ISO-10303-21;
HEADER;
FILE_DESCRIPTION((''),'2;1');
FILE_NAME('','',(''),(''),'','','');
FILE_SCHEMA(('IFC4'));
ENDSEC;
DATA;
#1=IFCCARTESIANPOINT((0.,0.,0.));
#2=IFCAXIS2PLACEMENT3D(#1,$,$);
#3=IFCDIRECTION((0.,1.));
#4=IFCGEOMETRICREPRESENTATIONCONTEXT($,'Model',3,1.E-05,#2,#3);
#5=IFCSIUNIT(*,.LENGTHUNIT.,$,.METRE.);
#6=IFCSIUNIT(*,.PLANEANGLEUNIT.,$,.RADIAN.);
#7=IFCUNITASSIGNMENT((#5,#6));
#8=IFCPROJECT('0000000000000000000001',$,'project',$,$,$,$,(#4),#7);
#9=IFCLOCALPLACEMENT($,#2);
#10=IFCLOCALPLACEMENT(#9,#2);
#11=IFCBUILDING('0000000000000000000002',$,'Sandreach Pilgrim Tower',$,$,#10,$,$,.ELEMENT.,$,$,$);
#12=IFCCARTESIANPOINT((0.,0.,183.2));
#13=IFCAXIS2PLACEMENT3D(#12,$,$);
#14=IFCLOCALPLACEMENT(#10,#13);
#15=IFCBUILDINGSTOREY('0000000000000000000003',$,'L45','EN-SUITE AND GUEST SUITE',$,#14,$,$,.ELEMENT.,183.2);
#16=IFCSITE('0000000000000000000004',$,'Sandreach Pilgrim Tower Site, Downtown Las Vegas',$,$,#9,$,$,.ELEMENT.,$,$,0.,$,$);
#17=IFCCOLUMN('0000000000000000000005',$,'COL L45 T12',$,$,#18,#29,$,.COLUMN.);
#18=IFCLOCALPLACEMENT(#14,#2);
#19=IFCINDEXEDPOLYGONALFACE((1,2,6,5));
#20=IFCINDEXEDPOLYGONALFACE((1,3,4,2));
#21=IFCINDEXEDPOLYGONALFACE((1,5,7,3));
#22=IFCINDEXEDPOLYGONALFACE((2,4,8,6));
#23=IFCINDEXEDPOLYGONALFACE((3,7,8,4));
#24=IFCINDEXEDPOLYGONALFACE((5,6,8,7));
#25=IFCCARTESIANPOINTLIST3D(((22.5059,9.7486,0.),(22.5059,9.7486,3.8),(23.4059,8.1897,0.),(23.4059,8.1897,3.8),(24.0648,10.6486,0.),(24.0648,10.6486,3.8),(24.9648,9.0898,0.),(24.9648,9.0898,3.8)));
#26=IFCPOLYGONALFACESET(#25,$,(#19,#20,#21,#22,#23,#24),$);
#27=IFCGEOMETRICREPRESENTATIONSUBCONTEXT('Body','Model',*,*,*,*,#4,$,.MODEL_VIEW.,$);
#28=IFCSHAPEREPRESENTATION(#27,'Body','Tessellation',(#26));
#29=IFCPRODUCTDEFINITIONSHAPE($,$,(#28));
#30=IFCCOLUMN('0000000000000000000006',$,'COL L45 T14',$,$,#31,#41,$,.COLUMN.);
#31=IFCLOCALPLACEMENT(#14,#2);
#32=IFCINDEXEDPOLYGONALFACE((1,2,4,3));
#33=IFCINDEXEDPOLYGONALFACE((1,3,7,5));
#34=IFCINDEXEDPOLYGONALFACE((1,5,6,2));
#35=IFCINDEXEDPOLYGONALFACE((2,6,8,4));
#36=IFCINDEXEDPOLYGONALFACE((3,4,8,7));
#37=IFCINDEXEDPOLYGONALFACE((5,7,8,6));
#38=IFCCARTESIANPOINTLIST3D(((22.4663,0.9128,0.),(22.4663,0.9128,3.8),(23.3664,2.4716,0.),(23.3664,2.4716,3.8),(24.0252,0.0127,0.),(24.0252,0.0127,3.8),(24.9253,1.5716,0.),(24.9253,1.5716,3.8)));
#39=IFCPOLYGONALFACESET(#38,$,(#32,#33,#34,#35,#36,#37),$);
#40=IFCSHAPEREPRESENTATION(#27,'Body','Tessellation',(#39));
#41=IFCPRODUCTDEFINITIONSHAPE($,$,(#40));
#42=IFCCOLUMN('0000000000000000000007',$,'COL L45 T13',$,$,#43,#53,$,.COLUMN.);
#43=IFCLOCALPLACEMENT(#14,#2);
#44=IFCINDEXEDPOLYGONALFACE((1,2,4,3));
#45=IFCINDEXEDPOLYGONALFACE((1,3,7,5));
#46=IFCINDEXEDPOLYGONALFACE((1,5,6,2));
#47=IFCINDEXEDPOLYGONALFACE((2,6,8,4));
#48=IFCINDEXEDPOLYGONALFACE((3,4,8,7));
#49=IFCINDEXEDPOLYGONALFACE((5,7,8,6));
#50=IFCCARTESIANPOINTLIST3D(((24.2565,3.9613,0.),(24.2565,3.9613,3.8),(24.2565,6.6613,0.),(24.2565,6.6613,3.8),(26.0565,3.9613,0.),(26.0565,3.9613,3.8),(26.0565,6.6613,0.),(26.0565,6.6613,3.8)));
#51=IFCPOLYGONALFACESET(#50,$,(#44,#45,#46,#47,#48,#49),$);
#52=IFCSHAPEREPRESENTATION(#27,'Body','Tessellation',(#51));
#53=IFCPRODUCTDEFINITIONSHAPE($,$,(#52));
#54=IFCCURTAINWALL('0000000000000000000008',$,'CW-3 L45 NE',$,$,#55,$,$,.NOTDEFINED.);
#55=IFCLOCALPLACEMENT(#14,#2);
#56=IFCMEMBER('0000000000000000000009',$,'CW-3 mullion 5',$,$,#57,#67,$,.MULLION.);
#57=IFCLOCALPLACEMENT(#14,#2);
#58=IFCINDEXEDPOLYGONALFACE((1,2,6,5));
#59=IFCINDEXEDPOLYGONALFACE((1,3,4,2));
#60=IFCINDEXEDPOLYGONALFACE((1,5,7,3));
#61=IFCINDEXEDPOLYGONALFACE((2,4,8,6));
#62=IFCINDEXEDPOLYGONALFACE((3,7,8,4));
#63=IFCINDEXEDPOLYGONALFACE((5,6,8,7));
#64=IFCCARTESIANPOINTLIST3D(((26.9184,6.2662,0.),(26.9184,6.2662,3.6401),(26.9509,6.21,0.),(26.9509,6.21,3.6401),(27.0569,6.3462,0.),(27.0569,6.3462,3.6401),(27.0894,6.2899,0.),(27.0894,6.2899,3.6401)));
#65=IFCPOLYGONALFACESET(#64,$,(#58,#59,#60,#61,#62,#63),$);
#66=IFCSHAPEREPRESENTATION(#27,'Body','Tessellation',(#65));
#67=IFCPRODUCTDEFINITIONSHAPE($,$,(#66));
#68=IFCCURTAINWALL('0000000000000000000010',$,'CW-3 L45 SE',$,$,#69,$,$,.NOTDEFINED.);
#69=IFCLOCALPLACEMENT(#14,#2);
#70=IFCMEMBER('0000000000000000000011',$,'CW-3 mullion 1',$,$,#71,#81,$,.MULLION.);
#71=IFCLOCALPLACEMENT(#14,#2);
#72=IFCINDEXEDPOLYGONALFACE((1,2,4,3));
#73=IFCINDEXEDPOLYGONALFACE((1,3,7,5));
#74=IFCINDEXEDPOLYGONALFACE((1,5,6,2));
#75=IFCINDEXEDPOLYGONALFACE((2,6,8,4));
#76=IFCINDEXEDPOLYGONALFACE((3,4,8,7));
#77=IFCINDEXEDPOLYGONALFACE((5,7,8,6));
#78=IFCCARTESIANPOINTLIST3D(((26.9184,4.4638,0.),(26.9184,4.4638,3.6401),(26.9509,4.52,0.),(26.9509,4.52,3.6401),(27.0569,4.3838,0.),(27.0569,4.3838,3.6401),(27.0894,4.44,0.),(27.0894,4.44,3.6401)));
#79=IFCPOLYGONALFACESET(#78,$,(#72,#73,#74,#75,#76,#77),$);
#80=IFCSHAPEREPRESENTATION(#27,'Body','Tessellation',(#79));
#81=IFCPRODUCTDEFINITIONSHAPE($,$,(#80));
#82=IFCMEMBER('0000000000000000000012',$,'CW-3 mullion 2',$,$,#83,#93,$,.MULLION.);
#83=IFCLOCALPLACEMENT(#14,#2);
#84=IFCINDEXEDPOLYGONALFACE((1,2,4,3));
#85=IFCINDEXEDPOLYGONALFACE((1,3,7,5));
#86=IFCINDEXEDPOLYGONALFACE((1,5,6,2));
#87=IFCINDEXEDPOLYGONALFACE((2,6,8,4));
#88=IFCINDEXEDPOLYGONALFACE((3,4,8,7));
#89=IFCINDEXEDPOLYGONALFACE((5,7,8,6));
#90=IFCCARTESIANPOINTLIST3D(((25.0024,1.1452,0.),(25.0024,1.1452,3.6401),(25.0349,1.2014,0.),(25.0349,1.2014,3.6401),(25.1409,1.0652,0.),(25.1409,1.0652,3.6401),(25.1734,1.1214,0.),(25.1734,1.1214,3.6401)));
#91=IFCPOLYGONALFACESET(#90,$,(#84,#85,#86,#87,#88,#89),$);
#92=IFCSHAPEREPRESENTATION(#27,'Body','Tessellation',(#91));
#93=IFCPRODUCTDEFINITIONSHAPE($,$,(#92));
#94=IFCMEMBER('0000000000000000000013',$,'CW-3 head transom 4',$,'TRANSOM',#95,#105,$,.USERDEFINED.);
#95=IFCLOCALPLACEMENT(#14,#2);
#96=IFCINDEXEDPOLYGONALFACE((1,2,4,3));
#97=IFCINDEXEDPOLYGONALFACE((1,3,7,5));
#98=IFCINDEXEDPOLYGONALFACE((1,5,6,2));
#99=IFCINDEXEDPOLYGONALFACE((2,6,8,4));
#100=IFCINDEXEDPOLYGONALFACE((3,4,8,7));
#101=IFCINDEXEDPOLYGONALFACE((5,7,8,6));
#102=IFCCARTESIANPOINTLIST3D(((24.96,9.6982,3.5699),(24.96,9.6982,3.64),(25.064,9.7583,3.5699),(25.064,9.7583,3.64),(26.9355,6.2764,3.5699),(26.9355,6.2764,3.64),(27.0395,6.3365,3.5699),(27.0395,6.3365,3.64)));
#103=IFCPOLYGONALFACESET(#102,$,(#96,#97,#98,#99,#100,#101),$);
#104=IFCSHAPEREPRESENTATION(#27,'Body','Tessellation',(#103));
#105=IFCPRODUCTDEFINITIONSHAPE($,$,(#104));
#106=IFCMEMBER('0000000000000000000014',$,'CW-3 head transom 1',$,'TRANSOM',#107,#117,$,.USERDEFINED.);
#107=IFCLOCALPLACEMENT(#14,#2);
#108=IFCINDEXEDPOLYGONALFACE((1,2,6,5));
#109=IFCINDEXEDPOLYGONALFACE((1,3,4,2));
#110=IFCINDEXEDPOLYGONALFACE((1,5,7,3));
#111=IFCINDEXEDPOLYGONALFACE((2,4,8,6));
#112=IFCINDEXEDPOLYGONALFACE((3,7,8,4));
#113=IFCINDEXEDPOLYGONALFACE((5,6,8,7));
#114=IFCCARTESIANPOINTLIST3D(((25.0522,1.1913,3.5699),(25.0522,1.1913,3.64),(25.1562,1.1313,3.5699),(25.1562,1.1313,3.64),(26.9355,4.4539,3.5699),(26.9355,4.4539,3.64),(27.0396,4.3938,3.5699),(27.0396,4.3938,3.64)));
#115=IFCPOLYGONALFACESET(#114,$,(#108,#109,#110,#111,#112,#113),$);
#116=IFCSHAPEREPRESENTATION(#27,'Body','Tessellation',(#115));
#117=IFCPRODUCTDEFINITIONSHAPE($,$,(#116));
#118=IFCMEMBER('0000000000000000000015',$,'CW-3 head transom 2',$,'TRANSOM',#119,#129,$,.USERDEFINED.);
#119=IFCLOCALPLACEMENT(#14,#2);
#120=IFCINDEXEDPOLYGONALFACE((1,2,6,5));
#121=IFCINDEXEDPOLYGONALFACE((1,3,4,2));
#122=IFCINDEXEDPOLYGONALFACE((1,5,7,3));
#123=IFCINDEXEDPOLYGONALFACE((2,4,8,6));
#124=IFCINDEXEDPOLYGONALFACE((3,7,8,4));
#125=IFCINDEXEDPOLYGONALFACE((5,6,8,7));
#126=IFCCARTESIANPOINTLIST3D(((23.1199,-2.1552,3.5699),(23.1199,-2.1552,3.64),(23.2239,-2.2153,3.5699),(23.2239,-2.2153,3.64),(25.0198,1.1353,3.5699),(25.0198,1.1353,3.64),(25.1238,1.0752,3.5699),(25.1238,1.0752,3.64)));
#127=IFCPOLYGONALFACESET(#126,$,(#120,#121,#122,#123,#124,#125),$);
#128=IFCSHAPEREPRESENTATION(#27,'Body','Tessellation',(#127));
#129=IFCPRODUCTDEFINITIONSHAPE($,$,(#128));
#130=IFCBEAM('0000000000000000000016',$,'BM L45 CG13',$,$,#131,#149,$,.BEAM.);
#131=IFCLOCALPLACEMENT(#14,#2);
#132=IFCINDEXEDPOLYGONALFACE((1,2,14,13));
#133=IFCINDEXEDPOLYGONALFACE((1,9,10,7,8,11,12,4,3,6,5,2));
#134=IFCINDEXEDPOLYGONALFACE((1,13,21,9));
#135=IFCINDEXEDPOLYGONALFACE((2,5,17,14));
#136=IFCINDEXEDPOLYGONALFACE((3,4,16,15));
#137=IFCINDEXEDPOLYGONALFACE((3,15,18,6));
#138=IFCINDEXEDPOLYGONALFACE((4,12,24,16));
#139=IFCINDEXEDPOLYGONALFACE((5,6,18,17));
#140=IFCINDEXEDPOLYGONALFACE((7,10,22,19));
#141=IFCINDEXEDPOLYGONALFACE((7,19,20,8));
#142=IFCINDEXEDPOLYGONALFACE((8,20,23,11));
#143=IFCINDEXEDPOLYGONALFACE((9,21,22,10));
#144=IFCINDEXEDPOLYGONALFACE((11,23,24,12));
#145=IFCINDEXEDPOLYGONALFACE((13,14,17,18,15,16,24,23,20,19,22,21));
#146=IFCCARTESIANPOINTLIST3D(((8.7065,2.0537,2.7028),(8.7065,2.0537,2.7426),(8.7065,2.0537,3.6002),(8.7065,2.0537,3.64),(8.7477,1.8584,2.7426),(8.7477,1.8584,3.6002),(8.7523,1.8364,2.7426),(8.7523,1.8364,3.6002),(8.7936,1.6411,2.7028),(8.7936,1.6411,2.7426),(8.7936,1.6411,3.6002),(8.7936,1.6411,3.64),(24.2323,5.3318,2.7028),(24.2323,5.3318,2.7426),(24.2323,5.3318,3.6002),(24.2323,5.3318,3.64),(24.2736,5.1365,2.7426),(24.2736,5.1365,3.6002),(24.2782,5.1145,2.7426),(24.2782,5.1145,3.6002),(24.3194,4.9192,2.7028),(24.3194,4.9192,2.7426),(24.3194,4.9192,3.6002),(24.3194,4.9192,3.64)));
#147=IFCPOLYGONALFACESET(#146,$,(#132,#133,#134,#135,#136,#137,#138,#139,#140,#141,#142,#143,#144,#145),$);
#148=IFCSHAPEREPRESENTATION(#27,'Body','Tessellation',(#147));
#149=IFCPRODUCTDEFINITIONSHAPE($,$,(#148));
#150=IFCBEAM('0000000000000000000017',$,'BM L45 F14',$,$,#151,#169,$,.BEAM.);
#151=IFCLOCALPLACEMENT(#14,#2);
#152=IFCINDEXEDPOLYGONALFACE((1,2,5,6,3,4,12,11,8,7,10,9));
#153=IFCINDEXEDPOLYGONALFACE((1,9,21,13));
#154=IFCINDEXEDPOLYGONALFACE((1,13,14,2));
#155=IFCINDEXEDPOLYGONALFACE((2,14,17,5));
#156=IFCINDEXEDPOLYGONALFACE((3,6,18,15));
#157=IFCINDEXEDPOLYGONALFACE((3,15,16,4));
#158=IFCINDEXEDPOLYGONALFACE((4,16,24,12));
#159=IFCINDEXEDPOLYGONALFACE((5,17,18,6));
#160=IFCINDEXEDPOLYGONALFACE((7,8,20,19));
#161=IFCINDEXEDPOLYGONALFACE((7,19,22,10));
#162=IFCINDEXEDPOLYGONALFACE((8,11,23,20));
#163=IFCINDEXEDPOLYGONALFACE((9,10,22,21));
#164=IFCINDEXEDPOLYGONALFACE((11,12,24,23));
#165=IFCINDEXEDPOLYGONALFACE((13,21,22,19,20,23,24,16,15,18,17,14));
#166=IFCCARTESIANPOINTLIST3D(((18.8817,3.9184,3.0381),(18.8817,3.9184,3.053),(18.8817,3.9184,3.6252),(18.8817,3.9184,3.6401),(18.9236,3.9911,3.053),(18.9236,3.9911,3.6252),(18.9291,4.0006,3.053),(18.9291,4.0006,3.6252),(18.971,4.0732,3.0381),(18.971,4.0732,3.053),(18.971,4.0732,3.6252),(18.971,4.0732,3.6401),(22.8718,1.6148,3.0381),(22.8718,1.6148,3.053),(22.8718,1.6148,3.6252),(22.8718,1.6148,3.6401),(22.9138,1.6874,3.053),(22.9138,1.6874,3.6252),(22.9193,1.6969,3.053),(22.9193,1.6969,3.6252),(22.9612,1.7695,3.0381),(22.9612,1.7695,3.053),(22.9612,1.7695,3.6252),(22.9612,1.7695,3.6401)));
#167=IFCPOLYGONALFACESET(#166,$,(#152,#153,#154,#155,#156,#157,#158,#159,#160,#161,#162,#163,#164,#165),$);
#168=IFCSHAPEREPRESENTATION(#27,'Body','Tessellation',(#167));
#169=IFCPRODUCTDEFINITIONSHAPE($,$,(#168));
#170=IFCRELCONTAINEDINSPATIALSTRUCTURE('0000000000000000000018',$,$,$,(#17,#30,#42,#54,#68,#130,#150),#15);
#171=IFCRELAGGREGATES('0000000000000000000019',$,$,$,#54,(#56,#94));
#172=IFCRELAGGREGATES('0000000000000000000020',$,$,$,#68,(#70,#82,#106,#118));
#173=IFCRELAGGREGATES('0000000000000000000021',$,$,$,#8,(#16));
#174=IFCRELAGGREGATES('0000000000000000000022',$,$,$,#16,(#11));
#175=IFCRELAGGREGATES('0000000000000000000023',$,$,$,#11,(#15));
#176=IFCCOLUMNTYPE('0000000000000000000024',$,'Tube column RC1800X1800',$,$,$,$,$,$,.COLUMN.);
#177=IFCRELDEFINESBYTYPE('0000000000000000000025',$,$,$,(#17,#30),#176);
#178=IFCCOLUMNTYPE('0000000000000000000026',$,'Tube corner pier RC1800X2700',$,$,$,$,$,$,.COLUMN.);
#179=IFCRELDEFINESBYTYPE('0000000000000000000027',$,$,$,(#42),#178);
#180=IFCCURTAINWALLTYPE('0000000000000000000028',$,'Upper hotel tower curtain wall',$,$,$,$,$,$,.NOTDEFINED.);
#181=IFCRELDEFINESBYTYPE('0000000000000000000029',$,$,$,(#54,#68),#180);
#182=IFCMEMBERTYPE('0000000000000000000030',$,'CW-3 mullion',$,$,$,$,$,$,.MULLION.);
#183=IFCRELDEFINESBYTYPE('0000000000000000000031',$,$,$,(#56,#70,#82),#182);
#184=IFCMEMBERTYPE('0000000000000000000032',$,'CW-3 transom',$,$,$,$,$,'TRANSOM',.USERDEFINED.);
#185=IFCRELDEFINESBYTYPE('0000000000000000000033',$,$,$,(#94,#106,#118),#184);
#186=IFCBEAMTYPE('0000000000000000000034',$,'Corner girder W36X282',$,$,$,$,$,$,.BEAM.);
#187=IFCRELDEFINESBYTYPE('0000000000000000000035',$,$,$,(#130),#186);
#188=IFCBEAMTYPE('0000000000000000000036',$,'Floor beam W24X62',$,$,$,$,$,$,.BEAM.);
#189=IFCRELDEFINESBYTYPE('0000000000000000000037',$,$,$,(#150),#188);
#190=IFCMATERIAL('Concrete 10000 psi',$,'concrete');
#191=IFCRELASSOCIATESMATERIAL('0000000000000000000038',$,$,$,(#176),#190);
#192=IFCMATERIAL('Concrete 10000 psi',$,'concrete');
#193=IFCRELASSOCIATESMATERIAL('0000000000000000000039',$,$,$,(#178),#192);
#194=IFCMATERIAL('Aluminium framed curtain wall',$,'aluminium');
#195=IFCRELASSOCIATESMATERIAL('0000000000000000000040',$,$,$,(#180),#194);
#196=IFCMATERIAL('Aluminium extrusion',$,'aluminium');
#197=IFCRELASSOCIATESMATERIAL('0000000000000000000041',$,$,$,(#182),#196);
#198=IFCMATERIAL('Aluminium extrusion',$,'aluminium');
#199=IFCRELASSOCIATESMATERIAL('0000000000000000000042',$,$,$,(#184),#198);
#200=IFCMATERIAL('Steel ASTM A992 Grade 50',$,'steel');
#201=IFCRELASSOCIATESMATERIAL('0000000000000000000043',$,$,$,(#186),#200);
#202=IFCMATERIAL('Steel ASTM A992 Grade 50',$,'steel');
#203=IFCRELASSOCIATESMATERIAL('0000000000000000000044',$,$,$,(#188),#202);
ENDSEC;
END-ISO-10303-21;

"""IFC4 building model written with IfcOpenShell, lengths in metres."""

from ifc_helpers import new_model, si_unit, direction, frame, origin, origin_2d, place, context, subcontext, project, spatial, rectangle, i_section, extrude, material, material_profile, profile_set, type_object, element, aggregate, save


model = new_model("IFC4")

# Units and contexts
model_context = context("Model", 3, precision=1e-05, world=origin(), true_north=direction((0.0, 1.0)))
body_context = subcontext(model_context, "Body", "Model", "MODEL_VIEW")
ifc_project = project(units=[si_unit("LENGTHUNIT", "METRE"), si_unit("PLANEANGLEUNIT", "RADIAN")], contexts=[model_context])

# Site, building, storey
site_placement = place(None, origin())
site = spatial("IfcSite", under=ifc_project, at=site_placement, Name="Sandreach Pilgrim Tower Site, Downtown Las Vegas", CompositionType="ELEMENT", RefElevation=0.0)
building_placement = place(site_placement, origin())
building = spatial("IfcBuilding", under=site, at=building_placement, Name="Sandreach Pilgrim Tower", CompositionType="ELEMENT")
storey_placement = place(building_placement, frame((0.0, 0.0, 183.2)))
storey = spatial("IfcBuildingStorey", under=building, at=storey_placement, Name="L45", Description="EN-SUITE AND GUEST SUITE", CompositionType="ELEMENT", Elevation=183.2)

# Columns
ifc_material_1 = material(Name="Concrete 10000 psi", Category="concrete")
ifc_material_profile_1 = material_profile(ifc_material_1, rectangle(XDim=1.8, YDim=1.8, at=origin_2d()), Name="RC1800X1800")
ifc_profile_set_1 = profile_set([ifc_material_profile_1], Name="Concrete 10000 psi")
column_type_1 = type_object("IfcColumnType", Name="Tube column RC1800X1800", PredefinedType="COLUMN", material=ifc_profile_set_1)
for number, where, z_axis, x_axis, name in (
    (1, (23.7354, 9.4192, 0.0), (0.0, 0.0, 1.0), (0.866025, 0.5, 0.0), "COL L45 T12"),
    (2, (23.6958, 1.2422, 0.0), (0.0, 0.0, 1.0), (0.866025, -0.5, 0.0), "COL L45 T14"),
):
    element("IfcColumn", number, at=place(storey_placement, frame(where, z_axis=z_axis, x_axis=x_axis)), inside=storey, type_object=column_type_1, Name=name, PredefinedType="COLUMN", context=body_context, shape_type="SweptSolid", body=[
        extrude(rectangle(XDim=1.8, YDim=1.8, at=origin_2d()), origin(), (0.0, 0.0, 1.0), 3.8),
    ])
ifc_material_2 = material(Name="Concrete 10000 psi", Category="concrete")
ifc_material_profile_2 = material_profile(ifc_material_2, rectangle(XDim=1.8, YDim=2.7, at=origin_2d()), Name="RC1800X2700")
ifc_profile_set_2 = profile_set([ifc_material_profile_2], Name="Concrete 10000 psi")
column_type_2 = type_object("IfcColumnType", Name="Tube corner pier RC1800X2700", PredefinedType="COLUMN", material=ifc_profile_set_2)
column_placement = place(storey_placement, frame((25.1565, 5.3113, 0.0), z_axis=(0.0, 0.0, 1.0), x_axis=(1.0, 0.0, 0.0)))
element("IfcColumn", 3, at=column_placement, inside=storey, type_object=column_type_2, Name="COL L45 T13", PredefinedType="COLUMN", context=body_context, shape_type="SweptSolid", body=[
    extrude(rectangle(XDim=1.8, YDim=2.7, at=origin_2d()), origin(), (0.0, 0.0, 1.0), 3.8),
])

# Curtain wall, member
ifc_material_3 = material(Name="Aluminium framed curtain wall", Category="aluminium")
curtain_wall_type = type_object("IfcCurtainWallType", Name="Upper hotel tower curtain wall", PredefinedType="NOTDEFINED", material=ifc_material_3)
curtain_wall_1_placement = place(storey_placement, origin())
curtain_wall_1 = element("IfcCurtainWall", 4, at=curtain_wall_1_placement, inside=storey, type_object=curtain_wall_type, Name="CW-3 L45 NE", PredefinedType="NOTDEFINED")
ifc_material_4 = material(Name="Aluminium extrusion", Category="aluminium")
ifc_material_profile_3 = material_profile(ifc_material_4, rectangle(XDim=0.0649, YDim=0.1599, at=origin_2d()), Name="CW-3M 65X160")
ifc_profile_set_3 = profile_set([ifc_material_profile_3], Name="Aluminium extrusion")
member_type_1 = type_object("IfcMemberType", Name="CW-3 mullion", PredefinedType="MULLION", material=ifc_profile_set_3)
member_1_placement = place(storey_placement, frame((27.0039, 6.2781, 0.0), z_axis=(0.0, 0.0, 1.0), x_axis=(0.5, -0.866025, 0.0)))
member_1 = element("IfcMember", 5, at=member_1_placement, type_object=member_type_1, Name="CW-3 mullion 5", PredefinedType="MULLION", context=body_context, shape_type="SweptSolid", body=[
    extrude(rectangle(XDim=0.0649, YDim=0.1599, at=origin_2d()), origin(), (0.0, 0.0, 1.0), 3.6401),
])

# Curtain wall, members
curtain_wall_2_placement = place(storey_placement, origin())
curtain_wall_2 = element("IfcCurtainWall", 6, at=curtain_wall_2_placement, inside=storey, type_object=curtain_wall_type, Name="CW-3 L45 SE", PredefinedType="NOTDEFINED")
member_2_placement = place(storey_placement, frame((27.0039, 4.4519, 0.0), z_axis=(0.0, 0.0, 1.0), x_axis=(-0.5, -0.866025, 0.0)))
member_2 = element("IfcMember", 7, at=member_2_placement, type_object=member_type_1, Name="CW-3 mullion 1", PredefinedType="MULLION", context=body_context, shape_type="SweptSolid", body=[
    extrude(rectangle(XDim=0.0649, YDim=0.1599, at=origin_2d()), origin(), (0.0, 0.0, 1.0), 3.6401),
])
member_3_placement = place(storey_placement, frame((25.0879, 1.1333, 0.0), z_axis=(0.0, 0.0, 1.0), x_axis=(-0.5, -0.866025, 0.0)))
member_3 = element("IfcMember", 8, at=member_3_placement, type_object=member_type_1, Name="CW-3 mullion 2", PredefinedType="MULLION", context=body_context, shape_type="SweptSolid", body=[
    extrude(rectangle(XDim=0.0649, YDim=0.1599, at=origin_2d()), origin(), (0.0, 0.0, 1.0), 3.6401),
])

# Members
ifc_material_5 = material(Name="Aluminium extrusion", Category="aluminium")
ifc_material_profile_4 = material_profile(ifc_material_5, rectangle(XDim=0.1201, YDim=0.0701, at=origin_2d()), Name="CW-3T 120X70")
ifc_profile_set_4 = profile_set([ifc_material_profile_4], Name="Aluminium extrusion")
member_type_2 = type_object("IfcMemberType", Name="CW-3 transom", ElementType="TRANSOM", PredefinedType="USERDEFINED", material=ifc_profile_set_4)
member_4_placement = place(storey_placement, frame((25.012, 9.7283, 3.605), z_axis=(0.499993, -0.866029, 0.0), x_axis=(0.866029, 0.499993, 0.0)))
member_4 = element("IfcMember", 9, at=member_4_placement, type_object=member_type_2, Name="CW-3 head transom 4", ObjectType="TRANSOM", PredefinedType="USERDEFINED", context=body_context, shape_type="SweptSolid", body=[
    extrude(rectangle(XDim=0.1201, YDim=0.0701, at=origin_2d()), origin(), (0.0, 0.0, 1.0), 3.9512),
])
member_5_placement = place(storey_placement, frame((26.9875, 4.4238, 3.605), z_axis=(-0.499945, -0.866057, 0.0), x_axis=(0.866057, -0.499945, 0.0)))
member_5 = element("IfcMember", 10, at=member_5_placement, type_object=member_type_2, Name="CW-3 head transom 1", ObjectType="TRANSOM", PredefinedType="USERDEFINED", context=body_context, shape_type="SweptSolid", body=[
    extrude(rectangle(XDim=0.1201, YDim=0.0701, at=origin_2d()), origin(), (0.0, 0.0, 1.0), 3.7671),
])
member_6_placement = place(storey_placement, frame((25.0718, 1.1052, 3.605), z_axis=(-0.500023, -0.866012, 0.0), x_axis=(0.866012, -0.500023, 0.0)))
member_6 = element("IfcMember", 11, at=member_6_placement, type_object=member_type_2, Name="CW-3 head transom 2", ObjectType="TRANSOM", PredefinedType="USERDEFINED", context=body_context, shape_type="SweptSolid", body=[
    extrude(rectangle(XDim=0.1201, YDim=0.0701, at=origin_2d()), origin(), (0.0, 0.0, 1.0), 3.7996),
])

# Beams
ifc_material_6 = material(Name="Steel ASTM A992 Grade 50", Category="steel")
ifc_material_profile_5 = material_profile(ifc_material_6, i_section(OverallWidth=0.4216, OverallDepth=0.9373, WebThickness=0.0225, FlangeThickness=0.0398, at=origin_2d()), Name="W36X282")
ifc_profile_set_5 = profile_set([ifc_material_profile_5], Name="Steel ASTM A992 Grade 50")
beam_type_1 = type_object("IfcBeamType", Name="Corner girder W36X282", PredefinedType="BEAM", material=ifc_profile_set_5)
beam_1_placement = place(storey_placement, frame((24.2759, 5.1255, 3.1714), z_axis=(-0.978429, -0.206582, 0.0), x_axis=(0.206582, -0.978429, 0.0)))
element("IfcBeam", 12, at=beam_1_placement, inside=storey, type_object=beam_type_1, Name="BM L45 CG13", PredefinedType="BEAM", context=body_context, shape_type="SweptSolid", body=[
    extrude(i_section(OverallWidth=0.4216, OverallDepth=0.9373, WebThickness=0.0225, FlangeThickness=0.0398, at=origin_2d()), origin(), (0.0, 0.0, 1.0), 15.8682),
])
ifc_material_7 = material(Name="Steel ASTM A992 Grade 50", Category="steel")
ifc_material_profile_6 = material_profile(ifc_material_7, i_section(OverallWidth=0.1787, OverallDepth=0.6021, WebThickness=0.011, FlangeThickness=0.0149, at=origin_2d()), Name="W24X62")
ifc_profile_set_6 = profile_set([ifc_material_profile_6], Name="Steel ASTM A992 Grade 50")
beam_type_2 = type_object("IfcBeamType", Name="Floor beam W24X62", PredefinedType="BEAM", material=ifc_profile_set_6)
beam_2_placement = place(storey_placement, frame((22.9165, 1.6921, 3.3391), z_axis=(-0.86603, 0.499992, 0.0), x_axis=(-0.499992, -0.86603, 0.0)))
element("IfcBeam", 13, at=beam_2_placement, inside=storey, type_object=beam_type_2, Name="BM L45 F14", PredefinedType="BEAM", context=body_context, shape_type="SweptSolid", body=[
    extrude(i_section(OverallWidth=0.1787, OverallDepth=0.6021, WebThickness=0.011, FlangeThickness=0.0149, at=origin_2d()), origin(), (0.0, 0.0, 1.0), 4.6074),
])

aggregate(curtain_wall_1, [member_1, member_4])
aggregate(curtain_wall_2, [member_2, member_3, member_5, member_6])

save(model, "model.ifc")
